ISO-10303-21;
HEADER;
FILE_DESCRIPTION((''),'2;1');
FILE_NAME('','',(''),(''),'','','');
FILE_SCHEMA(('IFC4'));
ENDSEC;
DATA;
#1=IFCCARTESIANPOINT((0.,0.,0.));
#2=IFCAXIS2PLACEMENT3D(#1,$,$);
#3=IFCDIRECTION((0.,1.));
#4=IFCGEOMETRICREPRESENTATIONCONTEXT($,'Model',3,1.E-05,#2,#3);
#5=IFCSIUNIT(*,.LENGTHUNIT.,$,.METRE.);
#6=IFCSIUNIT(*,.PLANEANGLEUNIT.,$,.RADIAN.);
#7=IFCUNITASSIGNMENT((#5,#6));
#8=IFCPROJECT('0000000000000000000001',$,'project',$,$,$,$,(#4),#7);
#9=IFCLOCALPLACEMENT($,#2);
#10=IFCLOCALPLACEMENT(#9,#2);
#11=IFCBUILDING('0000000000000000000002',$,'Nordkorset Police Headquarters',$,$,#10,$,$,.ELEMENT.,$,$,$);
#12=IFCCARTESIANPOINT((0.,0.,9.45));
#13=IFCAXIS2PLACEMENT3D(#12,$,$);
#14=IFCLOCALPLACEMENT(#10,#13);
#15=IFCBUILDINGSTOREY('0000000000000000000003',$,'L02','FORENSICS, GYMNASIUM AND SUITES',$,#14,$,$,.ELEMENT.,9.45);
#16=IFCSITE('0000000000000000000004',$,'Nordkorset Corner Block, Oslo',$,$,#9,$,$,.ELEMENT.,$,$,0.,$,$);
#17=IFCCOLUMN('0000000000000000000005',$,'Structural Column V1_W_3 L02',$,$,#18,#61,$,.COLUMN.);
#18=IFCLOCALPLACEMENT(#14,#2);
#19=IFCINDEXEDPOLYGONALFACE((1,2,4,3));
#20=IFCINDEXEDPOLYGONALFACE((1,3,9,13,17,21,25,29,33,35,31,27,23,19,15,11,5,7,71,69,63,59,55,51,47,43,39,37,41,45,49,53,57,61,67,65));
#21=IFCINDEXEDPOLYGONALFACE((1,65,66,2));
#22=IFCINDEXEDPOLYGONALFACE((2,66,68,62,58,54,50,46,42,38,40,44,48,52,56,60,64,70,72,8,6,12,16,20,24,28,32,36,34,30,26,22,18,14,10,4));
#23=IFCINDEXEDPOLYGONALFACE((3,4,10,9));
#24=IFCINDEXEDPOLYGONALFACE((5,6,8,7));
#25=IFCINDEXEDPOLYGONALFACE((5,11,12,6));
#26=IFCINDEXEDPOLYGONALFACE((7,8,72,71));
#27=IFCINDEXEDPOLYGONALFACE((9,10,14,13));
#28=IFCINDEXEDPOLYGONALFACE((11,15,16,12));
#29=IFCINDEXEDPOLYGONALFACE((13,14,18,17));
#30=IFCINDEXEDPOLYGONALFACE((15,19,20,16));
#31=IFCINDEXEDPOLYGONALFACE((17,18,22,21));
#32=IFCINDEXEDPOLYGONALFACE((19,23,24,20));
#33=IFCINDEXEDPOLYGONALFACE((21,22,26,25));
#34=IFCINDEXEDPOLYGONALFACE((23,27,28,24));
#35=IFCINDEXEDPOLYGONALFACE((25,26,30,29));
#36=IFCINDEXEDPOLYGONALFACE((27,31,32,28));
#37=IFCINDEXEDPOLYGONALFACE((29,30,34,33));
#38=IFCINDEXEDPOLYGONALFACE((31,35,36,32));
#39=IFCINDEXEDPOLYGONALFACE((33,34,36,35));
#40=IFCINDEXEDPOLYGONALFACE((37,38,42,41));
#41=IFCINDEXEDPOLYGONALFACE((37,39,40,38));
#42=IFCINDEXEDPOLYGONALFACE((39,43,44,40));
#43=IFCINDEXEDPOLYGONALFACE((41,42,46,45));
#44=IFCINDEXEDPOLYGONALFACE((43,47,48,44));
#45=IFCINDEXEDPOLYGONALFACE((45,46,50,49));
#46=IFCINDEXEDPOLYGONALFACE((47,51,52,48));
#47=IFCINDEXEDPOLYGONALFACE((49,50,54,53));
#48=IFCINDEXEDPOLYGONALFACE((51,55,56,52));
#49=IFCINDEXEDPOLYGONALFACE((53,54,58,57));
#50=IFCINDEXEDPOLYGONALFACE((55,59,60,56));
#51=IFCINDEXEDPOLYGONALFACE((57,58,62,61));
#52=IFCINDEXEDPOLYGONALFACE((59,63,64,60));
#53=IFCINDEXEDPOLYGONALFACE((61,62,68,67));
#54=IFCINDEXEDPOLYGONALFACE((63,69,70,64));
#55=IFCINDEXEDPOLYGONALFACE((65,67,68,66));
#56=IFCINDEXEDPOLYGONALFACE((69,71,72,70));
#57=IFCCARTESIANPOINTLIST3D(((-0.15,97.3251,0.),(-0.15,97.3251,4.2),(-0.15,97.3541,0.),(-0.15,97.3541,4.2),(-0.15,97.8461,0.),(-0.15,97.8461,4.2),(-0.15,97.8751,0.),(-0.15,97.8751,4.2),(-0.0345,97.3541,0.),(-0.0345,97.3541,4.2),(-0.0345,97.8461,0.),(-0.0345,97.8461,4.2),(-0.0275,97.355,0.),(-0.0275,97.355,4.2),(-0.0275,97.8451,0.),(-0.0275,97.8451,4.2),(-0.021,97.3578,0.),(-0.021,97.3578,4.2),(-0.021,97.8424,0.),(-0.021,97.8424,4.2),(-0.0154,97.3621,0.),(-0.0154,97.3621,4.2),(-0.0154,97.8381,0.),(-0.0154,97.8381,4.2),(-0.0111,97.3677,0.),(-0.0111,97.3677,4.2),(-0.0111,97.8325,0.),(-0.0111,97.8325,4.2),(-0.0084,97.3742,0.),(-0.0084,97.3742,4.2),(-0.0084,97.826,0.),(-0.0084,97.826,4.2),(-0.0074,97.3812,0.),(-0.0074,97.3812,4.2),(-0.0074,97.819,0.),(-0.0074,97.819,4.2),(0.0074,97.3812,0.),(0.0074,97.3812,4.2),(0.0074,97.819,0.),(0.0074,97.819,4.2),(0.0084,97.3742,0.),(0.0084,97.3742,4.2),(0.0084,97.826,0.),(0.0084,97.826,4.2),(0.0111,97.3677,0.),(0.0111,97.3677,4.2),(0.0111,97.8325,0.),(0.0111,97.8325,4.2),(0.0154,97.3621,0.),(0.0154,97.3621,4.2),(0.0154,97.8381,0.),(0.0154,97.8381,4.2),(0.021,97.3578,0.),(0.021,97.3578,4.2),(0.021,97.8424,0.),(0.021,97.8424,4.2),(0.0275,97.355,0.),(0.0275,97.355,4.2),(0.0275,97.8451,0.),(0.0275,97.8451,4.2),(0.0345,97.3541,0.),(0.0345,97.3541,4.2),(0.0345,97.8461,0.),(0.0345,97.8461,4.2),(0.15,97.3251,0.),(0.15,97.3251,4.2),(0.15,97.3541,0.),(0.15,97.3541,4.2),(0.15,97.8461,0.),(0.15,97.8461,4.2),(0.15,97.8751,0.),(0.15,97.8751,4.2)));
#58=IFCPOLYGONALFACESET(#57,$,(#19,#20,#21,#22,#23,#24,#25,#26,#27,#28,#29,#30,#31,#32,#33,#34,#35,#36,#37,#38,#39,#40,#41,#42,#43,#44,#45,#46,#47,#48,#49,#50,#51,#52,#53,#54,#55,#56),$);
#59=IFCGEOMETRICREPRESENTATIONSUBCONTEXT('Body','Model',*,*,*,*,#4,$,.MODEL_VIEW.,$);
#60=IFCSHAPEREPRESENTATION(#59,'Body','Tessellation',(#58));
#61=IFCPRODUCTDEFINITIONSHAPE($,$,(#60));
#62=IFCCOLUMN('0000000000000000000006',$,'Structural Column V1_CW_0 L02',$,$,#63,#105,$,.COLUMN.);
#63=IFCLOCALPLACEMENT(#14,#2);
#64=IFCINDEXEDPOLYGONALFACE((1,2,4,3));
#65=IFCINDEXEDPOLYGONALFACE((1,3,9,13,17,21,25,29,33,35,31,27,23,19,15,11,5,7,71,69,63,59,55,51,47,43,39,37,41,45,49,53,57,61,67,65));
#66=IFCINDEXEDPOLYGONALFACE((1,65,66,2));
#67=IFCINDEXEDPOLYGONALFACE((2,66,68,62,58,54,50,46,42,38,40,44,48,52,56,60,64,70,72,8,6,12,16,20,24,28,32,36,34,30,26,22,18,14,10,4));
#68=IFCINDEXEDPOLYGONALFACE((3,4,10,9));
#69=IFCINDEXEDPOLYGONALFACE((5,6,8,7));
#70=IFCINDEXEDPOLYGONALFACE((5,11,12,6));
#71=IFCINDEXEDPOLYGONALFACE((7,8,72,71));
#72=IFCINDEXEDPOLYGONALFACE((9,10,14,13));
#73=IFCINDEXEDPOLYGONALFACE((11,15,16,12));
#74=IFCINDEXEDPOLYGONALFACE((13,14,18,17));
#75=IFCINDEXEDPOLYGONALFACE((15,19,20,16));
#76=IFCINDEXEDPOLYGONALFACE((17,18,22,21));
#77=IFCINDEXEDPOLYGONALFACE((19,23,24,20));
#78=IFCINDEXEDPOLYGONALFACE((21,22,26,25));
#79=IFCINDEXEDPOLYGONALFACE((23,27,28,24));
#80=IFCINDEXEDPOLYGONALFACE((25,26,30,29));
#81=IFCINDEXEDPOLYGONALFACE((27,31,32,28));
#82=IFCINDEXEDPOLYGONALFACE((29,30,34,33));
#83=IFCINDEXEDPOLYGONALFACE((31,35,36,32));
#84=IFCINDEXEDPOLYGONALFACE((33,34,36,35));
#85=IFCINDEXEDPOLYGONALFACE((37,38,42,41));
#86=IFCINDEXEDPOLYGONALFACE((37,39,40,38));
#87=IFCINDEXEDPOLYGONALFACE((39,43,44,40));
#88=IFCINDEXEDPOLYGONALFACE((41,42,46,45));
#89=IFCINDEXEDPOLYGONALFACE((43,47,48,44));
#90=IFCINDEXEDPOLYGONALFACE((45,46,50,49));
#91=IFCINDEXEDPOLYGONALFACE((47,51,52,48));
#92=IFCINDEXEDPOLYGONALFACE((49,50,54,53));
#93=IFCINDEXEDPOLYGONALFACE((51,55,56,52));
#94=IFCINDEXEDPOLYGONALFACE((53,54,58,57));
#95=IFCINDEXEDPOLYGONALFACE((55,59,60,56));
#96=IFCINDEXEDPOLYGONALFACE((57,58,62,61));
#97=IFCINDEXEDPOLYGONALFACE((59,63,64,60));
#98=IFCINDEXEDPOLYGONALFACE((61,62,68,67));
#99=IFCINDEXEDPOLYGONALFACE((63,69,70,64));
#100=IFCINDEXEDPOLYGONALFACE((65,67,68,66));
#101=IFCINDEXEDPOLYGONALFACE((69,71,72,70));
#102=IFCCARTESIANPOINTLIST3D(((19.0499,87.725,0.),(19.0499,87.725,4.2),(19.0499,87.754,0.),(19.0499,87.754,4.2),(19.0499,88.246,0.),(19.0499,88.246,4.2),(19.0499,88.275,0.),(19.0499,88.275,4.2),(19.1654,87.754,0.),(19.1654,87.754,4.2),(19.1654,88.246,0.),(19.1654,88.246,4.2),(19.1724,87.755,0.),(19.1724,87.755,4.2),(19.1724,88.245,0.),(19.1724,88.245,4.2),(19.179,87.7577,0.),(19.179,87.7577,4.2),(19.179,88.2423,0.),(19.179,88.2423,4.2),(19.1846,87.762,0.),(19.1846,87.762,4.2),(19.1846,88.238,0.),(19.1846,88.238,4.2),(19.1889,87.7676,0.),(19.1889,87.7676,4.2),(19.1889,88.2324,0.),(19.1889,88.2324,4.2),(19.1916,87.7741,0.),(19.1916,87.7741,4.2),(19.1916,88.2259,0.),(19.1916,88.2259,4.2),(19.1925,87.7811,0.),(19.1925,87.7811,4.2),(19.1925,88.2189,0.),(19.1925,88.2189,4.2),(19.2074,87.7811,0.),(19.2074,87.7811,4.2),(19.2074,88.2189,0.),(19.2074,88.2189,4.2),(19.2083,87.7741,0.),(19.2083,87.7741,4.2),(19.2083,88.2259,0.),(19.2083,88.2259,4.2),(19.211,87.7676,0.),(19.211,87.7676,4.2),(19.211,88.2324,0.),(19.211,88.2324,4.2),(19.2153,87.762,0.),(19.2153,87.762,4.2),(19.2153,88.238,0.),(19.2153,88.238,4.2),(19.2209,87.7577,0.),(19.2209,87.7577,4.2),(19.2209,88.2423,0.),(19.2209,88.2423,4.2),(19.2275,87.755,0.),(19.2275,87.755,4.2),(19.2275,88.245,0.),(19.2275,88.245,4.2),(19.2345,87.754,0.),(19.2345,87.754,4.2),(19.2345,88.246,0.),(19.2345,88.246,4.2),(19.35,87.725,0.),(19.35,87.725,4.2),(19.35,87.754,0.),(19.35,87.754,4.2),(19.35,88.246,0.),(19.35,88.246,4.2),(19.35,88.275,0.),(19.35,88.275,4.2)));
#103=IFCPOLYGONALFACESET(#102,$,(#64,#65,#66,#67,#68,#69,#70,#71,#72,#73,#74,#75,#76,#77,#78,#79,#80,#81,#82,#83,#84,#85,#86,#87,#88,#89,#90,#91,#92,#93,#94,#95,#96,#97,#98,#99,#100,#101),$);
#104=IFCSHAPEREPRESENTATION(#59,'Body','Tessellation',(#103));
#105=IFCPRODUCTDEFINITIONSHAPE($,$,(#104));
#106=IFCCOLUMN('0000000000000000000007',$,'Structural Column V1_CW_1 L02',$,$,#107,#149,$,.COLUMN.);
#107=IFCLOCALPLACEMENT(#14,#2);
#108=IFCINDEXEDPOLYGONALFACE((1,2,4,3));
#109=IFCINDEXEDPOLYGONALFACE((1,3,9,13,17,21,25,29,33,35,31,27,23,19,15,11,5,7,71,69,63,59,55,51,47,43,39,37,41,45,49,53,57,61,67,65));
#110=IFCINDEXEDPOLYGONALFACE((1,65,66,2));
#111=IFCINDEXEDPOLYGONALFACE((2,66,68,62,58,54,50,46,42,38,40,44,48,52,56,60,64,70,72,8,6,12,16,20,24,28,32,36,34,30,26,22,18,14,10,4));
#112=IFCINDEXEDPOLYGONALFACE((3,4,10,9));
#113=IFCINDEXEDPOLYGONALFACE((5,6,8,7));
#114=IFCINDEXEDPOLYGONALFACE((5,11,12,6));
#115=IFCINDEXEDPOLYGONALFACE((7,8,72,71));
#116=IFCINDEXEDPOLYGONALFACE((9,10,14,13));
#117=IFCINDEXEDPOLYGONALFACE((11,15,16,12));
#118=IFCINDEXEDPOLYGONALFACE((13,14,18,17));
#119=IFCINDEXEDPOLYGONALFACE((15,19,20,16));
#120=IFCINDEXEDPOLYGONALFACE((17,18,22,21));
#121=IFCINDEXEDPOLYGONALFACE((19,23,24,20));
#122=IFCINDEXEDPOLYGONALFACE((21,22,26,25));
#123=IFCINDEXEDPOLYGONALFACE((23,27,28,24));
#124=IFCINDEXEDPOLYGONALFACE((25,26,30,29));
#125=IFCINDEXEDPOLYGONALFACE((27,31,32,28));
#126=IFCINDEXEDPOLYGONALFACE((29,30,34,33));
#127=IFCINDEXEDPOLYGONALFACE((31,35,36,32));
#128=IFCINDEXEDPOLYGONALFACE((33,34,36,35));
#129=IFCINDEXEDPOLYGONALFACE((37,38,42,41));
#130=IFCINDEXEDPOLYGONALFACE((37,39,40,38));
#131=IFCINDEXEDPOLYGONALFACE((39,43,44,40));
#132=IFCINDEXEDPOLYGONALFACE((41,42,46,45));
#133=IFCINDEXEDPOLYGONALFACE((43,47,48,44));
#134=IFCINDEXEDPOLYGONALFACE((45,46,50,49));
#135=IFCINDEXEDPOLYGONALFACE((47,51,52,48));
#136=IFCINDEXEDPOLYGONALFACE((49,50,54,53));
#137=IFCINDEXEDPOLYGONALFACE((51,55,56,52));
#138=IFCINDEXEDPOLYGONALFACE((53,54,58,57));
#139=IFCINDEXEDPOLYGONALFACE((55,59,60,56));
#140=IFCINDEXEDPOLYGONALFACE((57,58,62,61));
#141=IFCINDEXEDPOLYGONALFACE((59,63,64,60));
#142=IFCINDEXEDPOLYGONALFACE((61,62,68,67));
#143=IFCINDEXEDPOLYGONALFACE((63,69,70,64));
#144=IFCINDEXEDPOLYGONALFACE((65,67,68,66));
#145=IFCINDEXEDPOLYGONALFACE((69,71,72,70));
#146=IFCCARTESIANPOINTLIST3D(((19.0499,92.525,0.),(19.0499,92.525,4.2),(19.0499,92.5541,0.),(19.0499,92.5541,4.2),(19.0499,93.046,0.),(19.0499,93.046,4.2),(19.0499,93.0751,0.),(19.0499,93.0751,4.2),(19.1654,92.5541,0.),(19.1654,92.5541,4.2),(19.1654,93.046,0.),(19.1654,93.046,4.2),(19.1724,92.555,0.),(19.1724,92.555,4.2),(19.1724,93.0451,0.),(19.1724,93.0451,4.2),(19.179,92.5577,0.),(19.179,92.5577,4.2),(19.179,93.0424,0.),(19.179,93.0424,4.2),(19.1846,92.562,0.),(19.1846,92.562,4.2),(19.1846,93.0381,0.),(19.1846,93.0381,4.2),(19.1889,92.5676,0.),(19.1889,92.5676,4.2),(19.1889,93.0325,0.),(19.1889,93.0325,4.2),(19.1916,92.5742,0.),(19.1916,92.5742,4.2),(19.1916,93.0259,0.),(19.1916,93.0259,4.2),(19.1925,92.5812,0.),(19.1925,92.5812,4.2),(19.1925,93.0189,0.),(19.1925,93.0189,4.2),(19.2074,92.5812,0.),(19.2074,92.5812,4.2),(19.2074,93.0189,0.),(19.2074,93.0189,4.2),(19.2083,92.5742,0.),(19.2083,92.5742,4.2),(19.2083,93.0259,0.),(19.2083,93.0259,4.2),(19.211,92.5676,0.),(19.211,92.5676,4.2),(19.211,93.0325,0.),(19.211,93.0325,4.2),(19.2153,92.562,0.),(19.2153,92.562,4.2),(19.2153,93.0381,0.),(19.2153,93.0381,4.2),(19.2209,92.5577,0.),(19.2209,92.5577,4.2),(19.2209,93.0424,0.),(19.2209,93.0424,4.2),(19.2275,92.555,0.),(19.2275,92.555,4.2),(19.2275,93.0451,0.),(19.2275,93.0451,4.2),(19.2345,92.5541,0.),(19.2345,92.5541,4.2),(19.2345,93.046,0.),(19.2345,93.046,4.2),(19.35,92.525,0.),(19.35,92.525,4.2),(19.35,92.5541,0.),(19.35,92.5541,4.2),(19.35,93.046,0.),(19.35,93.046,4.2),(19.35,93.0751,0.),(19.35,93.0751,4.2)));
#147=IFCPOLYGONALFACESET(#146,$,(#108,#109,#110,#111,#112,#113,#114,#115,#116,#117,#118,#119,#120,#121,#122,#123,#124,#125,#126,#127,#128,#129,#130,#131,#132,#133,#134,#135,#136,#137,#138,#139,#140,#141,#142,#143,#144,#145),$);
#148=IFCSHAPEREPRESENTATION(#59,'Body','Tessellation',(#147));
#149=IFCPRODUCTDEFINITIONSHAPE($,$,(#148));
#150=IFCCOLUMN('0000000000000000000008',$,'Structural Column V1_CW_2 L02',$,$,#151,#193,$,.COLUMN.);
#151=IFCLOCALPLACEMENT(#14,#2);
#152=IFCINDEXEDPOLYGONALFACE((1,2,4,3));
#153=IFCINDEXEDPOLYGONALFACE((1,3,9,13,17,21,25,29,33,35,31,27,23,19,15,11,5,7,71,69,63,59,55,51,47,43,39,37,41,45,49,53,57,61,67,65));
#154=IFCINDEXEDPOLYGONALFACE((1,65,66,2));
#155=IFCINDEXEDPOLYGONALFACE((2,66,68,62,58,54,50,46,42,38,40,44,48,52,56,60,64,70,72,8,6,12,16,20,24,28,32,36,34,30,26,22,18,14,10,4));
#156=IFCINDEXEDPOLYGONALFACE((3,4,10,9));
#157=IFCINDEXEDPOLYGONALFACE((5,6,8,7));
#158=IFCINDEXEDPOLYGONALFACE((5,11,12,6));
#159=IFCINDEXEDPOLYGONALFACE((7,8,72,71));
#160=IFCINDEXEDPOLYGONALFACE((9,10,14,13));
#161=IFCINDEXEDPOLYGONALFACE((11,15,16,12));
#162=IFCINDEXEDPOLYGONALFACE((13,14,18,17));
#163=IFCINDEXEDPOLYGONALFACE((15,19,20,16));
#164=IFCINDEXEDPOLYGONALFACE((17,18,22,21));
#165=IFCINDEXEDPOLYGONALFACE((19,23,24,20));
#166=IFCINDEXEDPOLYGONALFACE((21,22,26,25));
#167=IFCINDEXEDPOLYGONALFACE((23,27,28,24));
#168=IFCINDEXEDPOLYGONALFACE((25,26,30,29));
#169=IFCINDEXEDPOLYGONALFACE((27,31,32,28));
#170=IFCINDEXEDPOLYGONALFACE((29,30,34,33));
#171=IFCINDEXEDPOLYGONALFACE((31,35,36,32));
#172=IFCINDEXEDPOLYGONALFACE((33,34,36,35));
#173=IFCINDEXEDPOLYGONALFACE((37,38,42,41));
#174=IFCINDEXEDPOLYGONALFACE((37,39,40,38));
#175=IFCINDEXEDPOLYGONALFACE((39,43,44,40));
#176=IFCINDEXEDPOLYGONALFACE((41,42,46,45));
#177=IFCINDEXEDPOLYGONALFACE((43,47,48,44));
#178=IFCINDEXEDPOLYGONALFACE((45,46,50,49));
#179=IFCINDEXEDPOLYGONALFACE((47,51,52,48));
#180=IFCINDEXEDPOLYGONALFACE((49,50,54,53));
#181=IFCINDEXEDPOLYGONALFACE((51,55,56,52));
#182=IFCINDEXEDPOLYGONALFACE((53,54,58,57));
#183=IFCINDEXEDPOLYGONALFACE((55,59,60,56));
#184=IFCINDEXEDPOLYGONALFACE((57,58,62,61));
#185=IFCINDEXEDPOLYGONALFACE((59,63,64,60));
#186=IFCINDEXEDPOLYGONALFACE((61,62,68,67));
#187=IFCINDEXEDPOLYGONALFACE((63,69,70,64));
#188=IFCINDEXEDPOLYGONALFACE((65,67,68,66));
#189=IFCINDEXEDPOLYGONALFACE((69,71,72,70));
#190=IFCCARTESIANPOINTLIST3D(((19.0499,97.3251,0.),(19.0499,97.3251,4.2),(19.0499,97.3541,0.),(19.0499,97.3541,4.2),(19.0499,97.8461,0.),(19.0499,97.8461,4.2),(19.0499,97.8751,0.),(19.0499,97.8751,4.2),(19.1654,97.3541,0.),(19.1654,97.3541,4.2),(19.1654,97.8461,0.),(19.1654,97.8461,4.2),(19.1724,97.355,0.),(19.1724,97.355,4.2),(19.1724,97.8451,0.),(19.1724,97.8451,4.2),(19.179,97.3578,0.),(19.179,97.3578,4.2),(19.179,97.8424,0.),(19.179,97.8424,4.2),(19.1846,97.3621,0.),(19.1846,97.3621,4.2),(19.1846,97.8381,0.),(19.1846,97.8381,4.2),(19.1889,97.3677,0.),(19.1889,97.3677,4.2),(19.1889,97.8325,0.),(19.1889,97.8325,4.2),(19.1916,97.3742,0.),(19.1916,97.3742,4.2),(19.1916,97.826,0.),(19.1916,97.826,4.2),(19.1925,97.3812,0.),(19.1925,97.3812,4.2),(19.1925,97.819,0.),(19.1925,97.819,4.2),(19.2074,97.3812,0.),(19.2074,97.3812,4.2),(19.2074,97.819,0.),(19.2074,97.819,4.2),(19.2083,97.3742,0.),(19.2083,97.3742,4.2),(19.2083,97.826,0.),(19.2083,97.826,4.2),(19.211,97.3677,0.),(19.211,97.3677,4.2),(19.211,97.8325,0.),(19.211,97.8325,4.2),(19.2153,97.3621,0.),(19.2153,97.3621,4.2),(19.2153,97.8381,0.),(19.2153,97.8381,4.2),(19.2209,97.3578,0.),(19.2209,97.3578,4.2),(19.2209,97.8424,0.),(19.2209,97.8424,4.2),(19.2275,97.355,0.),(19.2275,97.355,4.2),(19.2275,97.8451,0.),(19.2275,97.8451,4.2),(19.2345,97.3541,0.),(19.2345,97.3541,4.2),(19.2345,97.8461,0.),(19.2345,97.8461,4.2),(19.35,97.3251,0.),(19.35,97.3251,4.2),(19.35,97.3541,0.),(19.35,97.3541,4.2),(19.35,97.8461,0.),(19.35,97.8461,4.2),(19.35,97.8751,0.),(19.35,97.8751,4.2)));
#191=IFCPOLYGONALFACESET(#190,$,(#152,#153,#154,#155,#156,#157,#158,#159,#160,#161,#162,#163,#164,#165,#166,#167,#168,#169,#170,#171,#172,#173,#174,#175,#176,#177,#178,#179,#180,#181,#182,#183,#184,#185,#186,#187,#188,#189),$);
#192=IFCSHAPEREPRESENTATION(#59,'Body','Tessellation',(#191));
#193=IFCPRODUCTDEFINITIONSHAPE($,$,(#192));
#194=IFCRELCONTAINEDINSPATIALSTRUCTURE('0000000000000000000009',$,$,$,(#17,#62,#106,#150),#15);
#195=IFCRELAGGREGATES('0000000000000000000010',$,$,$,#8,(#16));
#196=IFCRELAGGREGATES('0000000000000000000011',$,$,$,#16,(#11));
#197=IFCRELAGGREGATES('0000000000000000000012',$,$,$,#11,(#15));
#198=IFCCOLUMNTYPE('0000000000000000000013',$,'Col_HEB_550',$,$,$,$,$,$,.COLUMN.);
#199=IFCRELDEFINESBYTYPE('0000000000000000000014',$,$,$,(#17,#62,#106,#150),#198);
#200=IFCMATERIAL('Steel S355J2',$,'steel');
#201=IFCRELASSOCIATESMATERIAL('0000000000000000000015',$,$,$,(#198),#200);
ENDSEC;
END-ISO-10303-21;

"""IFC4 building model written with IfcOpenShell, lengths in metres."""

from ifc_helpers import new_model, si_unit, direction, frame, origin, origin_2d, place, context, subcontext, project, spatial, i_section, extrude, material, material_profile, profile_set, type_object, element, save


model = new_model("IFC4")

# Units and contexts
model_context = context("Model", 3, precision=1e-05, world=origin(), true_north=direction((0.0, 1.0)))
body_context = subcontext(model_context, "Body", "Model", "MODEL_VIEW")
ifc_project = project(units=[si_unit("LENGTHUNIT", "METRE"), si_unit("PLANEANGLEUNIT", "RADIAN")], contexts=[model_context])

# Site, building, storey
site_placement = place(None, origin())
site = spatial("IfcSite", under=ifc_project, at=site_placement, Name="Nordkorset Corner Block, Oslo", CompositionType="ELEMENT", RefElevation=0.0)
building_placement = place(site_placement, origin())
building = spatial("IfcBuilding", under=site, at=building_placement, Name="Nordkorset Police Headquarters", CompositionType="ELEMENT")
storey_placement = place(building_placement, frame((0.0, 0.0, 9.45)))
storey = spatial("IfcBuildingStorey", under=building, at=storey_placement, Name="L02", Description="FORENSICS, GYMNASIUM AND SUITES", CompositionType="ELEMENT", Elevation=9.45)

# Columns
ifc_material_1 = material(Name="Steel S355J2", Category="steel")
ifc_material_profile_1 = material_profile(ifc_material_1, i_section(OverallWidth=0.3, OverallDepth=0.55, WebThickness=0.0149, FlangeThickness=0.0291, FilletRadius=0.0271, at=origin_2d()), Name="HEB 550")
ifc_profile_set_1 = profile_set([ifc_material_profile_1], Name="Steel S355J2")
column_type = type_object("IfcColumnType", Name="Col_HEB_550", PredefinedType="COLUMN", material=ifc_profile_set_1)
for number, where, z_axis, x_axis, name in (
    (1, (0.0, 97.6001, 0.0), (0.0, 0.0, 1.0), (1.0, 0.0, 0.0), "Structural Column V1_W_3 L02"),
    (2, (19.2, 88.0, 0.0), (0.0, 0.0, 1.0), (1.0, 0.0, 0.0), "Structural Column V1_CW_0 L02"),
    (3, (19.2, 92.8, 0.0), (0.0, 0.0, 1.0), (1.0, 0.0, 0.0), "Structural Column V1_CW_1 L02"),
    (4, (19.2, 97.6001, 0.0), (0.0, 0.0, 1.0), (1.0, 0.0, 0.0), "Structural Column V1_CW_2 L02"),
):
    element("IfcColumn", number, at=place(storey_placement, frame(where, z_axis=z_axis, x_axis=x_axis)), inside=storey, type_object=column_type, Name=name, PredefinedType="COLUMN", context=body_context, shape_type="SweptSolid", body=[
        extrude(i_section(OverallWidth=0.3, OverallDepth=0.55, WebThickness=0.0149, FlangeThickness=0.0291, FilletRadius=0.0271, at=origin_2d()), origin(), (0.0, 0.0, 1.0), 4.2),
    ])

save(model, "model.ifc")
